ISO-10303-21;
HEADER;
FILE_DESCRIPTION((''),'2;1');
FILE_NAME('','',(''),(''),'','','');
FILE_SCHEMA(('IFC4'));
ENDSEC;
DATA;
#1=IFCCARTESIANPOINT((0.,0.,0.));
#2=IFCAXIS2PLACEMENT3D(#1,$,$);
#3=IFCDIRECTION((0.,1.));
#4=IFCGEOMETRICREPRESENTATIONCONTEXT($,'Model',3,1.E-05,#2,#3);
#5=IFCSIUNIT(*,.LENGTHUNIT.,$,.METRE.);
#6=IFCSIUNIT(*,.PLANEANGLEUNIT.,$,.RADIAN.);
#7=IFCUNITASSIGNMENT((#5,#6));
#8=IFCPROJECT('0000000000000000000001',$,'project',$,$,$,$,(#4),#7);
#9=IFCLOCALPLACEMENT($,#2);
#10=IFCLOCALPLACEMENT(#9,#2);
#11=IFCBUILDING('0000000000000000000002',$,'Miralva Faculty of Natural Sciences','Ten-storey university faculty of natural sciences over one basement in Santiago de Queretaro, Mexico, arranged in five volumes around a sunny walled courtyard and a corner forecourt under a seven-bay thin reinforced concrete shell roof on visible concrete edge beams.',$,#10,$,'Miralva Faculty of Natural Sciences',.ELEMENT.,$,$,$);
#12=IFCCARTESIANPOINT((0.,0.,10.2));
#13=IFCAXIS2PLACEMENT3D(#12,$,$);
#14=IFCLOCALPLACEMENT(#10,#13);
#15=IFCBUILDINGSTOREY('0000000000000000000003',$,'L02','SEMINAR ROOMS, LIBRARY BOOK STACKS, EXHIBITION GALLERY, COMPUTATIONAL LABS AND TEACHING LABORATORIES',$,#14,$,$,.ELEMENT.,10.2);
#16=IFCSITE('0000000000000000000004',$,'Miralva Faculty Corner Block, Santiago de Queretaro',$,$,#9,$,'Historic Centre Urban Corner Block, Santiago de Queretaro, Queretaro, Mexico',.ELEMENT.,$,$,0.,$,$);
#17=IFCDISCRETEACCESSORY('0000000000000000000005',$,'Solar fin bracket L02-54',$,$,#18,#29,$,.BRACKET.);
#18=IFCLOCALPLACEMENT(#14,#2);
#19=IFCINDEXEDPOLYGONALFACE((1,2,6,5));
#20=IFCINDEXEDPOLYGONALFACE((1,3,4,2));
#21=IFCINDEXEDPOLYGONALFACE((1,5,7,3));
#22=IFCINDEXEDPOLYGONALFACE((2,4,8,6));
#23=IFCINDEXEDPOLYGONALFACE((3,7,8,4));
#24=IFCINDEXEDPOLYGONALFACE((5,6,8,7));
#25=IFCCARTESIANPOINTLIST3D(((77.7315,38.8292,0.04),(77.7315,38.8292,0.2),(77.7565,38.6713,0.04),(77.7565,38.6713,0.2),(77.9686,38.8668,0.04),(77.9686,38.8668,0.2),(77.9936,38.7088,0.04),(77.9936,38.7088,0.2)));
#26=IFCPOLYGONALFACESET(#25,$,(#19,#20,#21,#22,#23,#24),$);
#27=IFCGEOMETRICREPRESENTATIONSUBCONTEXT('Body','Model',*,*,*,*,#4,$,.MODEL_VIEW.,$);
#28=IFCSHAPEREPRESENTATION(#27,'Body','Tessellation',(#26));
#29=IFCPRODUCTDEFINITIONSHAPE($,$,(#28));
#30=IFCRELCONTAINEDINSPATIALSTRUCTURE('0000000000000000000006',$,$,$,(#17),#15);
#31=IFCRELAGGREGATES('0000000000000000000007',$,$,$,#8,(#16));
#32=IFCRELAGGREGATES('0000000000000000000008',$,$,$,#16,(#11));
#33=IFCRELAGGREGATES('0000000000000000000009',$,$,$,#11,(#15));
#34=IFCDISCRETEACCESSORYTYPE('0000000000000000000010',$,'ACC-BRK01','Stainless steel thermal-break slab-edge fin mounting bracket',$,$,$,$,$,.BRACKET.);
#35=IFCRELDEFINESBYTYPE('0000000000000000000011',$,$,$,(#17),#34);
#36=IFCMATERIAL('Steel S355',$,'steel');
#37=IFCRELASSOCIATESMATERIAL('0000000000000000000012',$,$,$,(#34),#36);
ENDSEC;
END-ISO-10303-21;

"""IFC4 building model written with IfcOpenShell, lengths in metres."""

from ifc_helpers import new_model, si_unit, direction, frame, origin, origin_2d, place, context, subcontext, project, spatial, rectangle, extrude, material, type_object, element, save


model = new_model("IFC4")

# Units and contexts
model_context = context("Model", 3, precision=1e-05, world=origin(), true_north=direction((0.0, 1.0)))
body_context = subcontext(model_context, "Body", "Model", "MODEL_VIEW")
ifc_project = project(units=[si_unit("LENGTHUNIT", "METRE"), si_unit("PLANEANGLEUNIT", "RADIAN")], contexts=[model_context])

# Site, building, storey
site_placement = place(None, origin())
site = spatial("IfcSite", under=ifc_project, at=site_placement, Name="Miralva Faculty Corner Block, Santiago de Queretaro", LongName="Historic Centre Urban Corner Block, Santiago de Queretaro, Queretaro, Mexico", CompositionType="ELEMENT", RefElevation=0.0)
building_placement = place(site_placement, origin())
building = spatial("IfcBuilding", under=site, at=building_placement, Name="Miralva Faculty of Natural Sciences", Description="Ten-storey university faculty of natural sciences over one basement in Santiago de Queretaro, Mexico, arranged in five volumes around a sunny walled courtyard and a corner forecourt under a seven-bay thin reinforced concrete shell roof on visible concrete edge beams.", LongName="Miralva Faculty of Natural Sciences", CompositionType="ELEMENT")
storey_placement = place(building_placement, frame((0.0, 0.0, 10.2)))
storey = spatial("IfcBuildingStorey", under=building, at=storey_placement, Name="L02", Description="SEMINAR ROOMS, LIBRARY BOOK STACKS, EXHIBITION GALLERY, COMPUTATIONAL LABS AND TEACHING LABORATORIES", CompositionType="ELEMENT", Elevation=10.2)

# Discrete accessory
ifc_material_1 = material(Name="Steel S355", Category="steel")
discrete_accessory_type = type_object("IfcDiscreteAccessoryType", Name="ACC-BRK01", Description="Stainless steel thermal-break slab-edge fin mounting bracket", PredefinedType="BRACKET", material=ifc_material_1)
discrete_accessory_placement = place(storey_placement, frame((77.8625, 38.769, 0.04), z_axis=(0.0, 0.0, 1.0), x_axis=(-0.156434, 0.987688, 0.0)))
element("IfcDiscreteAccessory", 1, at=discrete_accessory_placement, inside=storey, type_object=discrete_accessory_type, Name="Solar fin bracket L02-54", PredefinedType="BRACKET", context=body_context, shape_type="SweptSolid", body=[
    extrude(rectangle(XDim=0.1599, YDim=0.24, at=origin_2d()), origin(), (0.0, 0.0, 1.0), 0.1599),
])

save(model, "model.ifc")
